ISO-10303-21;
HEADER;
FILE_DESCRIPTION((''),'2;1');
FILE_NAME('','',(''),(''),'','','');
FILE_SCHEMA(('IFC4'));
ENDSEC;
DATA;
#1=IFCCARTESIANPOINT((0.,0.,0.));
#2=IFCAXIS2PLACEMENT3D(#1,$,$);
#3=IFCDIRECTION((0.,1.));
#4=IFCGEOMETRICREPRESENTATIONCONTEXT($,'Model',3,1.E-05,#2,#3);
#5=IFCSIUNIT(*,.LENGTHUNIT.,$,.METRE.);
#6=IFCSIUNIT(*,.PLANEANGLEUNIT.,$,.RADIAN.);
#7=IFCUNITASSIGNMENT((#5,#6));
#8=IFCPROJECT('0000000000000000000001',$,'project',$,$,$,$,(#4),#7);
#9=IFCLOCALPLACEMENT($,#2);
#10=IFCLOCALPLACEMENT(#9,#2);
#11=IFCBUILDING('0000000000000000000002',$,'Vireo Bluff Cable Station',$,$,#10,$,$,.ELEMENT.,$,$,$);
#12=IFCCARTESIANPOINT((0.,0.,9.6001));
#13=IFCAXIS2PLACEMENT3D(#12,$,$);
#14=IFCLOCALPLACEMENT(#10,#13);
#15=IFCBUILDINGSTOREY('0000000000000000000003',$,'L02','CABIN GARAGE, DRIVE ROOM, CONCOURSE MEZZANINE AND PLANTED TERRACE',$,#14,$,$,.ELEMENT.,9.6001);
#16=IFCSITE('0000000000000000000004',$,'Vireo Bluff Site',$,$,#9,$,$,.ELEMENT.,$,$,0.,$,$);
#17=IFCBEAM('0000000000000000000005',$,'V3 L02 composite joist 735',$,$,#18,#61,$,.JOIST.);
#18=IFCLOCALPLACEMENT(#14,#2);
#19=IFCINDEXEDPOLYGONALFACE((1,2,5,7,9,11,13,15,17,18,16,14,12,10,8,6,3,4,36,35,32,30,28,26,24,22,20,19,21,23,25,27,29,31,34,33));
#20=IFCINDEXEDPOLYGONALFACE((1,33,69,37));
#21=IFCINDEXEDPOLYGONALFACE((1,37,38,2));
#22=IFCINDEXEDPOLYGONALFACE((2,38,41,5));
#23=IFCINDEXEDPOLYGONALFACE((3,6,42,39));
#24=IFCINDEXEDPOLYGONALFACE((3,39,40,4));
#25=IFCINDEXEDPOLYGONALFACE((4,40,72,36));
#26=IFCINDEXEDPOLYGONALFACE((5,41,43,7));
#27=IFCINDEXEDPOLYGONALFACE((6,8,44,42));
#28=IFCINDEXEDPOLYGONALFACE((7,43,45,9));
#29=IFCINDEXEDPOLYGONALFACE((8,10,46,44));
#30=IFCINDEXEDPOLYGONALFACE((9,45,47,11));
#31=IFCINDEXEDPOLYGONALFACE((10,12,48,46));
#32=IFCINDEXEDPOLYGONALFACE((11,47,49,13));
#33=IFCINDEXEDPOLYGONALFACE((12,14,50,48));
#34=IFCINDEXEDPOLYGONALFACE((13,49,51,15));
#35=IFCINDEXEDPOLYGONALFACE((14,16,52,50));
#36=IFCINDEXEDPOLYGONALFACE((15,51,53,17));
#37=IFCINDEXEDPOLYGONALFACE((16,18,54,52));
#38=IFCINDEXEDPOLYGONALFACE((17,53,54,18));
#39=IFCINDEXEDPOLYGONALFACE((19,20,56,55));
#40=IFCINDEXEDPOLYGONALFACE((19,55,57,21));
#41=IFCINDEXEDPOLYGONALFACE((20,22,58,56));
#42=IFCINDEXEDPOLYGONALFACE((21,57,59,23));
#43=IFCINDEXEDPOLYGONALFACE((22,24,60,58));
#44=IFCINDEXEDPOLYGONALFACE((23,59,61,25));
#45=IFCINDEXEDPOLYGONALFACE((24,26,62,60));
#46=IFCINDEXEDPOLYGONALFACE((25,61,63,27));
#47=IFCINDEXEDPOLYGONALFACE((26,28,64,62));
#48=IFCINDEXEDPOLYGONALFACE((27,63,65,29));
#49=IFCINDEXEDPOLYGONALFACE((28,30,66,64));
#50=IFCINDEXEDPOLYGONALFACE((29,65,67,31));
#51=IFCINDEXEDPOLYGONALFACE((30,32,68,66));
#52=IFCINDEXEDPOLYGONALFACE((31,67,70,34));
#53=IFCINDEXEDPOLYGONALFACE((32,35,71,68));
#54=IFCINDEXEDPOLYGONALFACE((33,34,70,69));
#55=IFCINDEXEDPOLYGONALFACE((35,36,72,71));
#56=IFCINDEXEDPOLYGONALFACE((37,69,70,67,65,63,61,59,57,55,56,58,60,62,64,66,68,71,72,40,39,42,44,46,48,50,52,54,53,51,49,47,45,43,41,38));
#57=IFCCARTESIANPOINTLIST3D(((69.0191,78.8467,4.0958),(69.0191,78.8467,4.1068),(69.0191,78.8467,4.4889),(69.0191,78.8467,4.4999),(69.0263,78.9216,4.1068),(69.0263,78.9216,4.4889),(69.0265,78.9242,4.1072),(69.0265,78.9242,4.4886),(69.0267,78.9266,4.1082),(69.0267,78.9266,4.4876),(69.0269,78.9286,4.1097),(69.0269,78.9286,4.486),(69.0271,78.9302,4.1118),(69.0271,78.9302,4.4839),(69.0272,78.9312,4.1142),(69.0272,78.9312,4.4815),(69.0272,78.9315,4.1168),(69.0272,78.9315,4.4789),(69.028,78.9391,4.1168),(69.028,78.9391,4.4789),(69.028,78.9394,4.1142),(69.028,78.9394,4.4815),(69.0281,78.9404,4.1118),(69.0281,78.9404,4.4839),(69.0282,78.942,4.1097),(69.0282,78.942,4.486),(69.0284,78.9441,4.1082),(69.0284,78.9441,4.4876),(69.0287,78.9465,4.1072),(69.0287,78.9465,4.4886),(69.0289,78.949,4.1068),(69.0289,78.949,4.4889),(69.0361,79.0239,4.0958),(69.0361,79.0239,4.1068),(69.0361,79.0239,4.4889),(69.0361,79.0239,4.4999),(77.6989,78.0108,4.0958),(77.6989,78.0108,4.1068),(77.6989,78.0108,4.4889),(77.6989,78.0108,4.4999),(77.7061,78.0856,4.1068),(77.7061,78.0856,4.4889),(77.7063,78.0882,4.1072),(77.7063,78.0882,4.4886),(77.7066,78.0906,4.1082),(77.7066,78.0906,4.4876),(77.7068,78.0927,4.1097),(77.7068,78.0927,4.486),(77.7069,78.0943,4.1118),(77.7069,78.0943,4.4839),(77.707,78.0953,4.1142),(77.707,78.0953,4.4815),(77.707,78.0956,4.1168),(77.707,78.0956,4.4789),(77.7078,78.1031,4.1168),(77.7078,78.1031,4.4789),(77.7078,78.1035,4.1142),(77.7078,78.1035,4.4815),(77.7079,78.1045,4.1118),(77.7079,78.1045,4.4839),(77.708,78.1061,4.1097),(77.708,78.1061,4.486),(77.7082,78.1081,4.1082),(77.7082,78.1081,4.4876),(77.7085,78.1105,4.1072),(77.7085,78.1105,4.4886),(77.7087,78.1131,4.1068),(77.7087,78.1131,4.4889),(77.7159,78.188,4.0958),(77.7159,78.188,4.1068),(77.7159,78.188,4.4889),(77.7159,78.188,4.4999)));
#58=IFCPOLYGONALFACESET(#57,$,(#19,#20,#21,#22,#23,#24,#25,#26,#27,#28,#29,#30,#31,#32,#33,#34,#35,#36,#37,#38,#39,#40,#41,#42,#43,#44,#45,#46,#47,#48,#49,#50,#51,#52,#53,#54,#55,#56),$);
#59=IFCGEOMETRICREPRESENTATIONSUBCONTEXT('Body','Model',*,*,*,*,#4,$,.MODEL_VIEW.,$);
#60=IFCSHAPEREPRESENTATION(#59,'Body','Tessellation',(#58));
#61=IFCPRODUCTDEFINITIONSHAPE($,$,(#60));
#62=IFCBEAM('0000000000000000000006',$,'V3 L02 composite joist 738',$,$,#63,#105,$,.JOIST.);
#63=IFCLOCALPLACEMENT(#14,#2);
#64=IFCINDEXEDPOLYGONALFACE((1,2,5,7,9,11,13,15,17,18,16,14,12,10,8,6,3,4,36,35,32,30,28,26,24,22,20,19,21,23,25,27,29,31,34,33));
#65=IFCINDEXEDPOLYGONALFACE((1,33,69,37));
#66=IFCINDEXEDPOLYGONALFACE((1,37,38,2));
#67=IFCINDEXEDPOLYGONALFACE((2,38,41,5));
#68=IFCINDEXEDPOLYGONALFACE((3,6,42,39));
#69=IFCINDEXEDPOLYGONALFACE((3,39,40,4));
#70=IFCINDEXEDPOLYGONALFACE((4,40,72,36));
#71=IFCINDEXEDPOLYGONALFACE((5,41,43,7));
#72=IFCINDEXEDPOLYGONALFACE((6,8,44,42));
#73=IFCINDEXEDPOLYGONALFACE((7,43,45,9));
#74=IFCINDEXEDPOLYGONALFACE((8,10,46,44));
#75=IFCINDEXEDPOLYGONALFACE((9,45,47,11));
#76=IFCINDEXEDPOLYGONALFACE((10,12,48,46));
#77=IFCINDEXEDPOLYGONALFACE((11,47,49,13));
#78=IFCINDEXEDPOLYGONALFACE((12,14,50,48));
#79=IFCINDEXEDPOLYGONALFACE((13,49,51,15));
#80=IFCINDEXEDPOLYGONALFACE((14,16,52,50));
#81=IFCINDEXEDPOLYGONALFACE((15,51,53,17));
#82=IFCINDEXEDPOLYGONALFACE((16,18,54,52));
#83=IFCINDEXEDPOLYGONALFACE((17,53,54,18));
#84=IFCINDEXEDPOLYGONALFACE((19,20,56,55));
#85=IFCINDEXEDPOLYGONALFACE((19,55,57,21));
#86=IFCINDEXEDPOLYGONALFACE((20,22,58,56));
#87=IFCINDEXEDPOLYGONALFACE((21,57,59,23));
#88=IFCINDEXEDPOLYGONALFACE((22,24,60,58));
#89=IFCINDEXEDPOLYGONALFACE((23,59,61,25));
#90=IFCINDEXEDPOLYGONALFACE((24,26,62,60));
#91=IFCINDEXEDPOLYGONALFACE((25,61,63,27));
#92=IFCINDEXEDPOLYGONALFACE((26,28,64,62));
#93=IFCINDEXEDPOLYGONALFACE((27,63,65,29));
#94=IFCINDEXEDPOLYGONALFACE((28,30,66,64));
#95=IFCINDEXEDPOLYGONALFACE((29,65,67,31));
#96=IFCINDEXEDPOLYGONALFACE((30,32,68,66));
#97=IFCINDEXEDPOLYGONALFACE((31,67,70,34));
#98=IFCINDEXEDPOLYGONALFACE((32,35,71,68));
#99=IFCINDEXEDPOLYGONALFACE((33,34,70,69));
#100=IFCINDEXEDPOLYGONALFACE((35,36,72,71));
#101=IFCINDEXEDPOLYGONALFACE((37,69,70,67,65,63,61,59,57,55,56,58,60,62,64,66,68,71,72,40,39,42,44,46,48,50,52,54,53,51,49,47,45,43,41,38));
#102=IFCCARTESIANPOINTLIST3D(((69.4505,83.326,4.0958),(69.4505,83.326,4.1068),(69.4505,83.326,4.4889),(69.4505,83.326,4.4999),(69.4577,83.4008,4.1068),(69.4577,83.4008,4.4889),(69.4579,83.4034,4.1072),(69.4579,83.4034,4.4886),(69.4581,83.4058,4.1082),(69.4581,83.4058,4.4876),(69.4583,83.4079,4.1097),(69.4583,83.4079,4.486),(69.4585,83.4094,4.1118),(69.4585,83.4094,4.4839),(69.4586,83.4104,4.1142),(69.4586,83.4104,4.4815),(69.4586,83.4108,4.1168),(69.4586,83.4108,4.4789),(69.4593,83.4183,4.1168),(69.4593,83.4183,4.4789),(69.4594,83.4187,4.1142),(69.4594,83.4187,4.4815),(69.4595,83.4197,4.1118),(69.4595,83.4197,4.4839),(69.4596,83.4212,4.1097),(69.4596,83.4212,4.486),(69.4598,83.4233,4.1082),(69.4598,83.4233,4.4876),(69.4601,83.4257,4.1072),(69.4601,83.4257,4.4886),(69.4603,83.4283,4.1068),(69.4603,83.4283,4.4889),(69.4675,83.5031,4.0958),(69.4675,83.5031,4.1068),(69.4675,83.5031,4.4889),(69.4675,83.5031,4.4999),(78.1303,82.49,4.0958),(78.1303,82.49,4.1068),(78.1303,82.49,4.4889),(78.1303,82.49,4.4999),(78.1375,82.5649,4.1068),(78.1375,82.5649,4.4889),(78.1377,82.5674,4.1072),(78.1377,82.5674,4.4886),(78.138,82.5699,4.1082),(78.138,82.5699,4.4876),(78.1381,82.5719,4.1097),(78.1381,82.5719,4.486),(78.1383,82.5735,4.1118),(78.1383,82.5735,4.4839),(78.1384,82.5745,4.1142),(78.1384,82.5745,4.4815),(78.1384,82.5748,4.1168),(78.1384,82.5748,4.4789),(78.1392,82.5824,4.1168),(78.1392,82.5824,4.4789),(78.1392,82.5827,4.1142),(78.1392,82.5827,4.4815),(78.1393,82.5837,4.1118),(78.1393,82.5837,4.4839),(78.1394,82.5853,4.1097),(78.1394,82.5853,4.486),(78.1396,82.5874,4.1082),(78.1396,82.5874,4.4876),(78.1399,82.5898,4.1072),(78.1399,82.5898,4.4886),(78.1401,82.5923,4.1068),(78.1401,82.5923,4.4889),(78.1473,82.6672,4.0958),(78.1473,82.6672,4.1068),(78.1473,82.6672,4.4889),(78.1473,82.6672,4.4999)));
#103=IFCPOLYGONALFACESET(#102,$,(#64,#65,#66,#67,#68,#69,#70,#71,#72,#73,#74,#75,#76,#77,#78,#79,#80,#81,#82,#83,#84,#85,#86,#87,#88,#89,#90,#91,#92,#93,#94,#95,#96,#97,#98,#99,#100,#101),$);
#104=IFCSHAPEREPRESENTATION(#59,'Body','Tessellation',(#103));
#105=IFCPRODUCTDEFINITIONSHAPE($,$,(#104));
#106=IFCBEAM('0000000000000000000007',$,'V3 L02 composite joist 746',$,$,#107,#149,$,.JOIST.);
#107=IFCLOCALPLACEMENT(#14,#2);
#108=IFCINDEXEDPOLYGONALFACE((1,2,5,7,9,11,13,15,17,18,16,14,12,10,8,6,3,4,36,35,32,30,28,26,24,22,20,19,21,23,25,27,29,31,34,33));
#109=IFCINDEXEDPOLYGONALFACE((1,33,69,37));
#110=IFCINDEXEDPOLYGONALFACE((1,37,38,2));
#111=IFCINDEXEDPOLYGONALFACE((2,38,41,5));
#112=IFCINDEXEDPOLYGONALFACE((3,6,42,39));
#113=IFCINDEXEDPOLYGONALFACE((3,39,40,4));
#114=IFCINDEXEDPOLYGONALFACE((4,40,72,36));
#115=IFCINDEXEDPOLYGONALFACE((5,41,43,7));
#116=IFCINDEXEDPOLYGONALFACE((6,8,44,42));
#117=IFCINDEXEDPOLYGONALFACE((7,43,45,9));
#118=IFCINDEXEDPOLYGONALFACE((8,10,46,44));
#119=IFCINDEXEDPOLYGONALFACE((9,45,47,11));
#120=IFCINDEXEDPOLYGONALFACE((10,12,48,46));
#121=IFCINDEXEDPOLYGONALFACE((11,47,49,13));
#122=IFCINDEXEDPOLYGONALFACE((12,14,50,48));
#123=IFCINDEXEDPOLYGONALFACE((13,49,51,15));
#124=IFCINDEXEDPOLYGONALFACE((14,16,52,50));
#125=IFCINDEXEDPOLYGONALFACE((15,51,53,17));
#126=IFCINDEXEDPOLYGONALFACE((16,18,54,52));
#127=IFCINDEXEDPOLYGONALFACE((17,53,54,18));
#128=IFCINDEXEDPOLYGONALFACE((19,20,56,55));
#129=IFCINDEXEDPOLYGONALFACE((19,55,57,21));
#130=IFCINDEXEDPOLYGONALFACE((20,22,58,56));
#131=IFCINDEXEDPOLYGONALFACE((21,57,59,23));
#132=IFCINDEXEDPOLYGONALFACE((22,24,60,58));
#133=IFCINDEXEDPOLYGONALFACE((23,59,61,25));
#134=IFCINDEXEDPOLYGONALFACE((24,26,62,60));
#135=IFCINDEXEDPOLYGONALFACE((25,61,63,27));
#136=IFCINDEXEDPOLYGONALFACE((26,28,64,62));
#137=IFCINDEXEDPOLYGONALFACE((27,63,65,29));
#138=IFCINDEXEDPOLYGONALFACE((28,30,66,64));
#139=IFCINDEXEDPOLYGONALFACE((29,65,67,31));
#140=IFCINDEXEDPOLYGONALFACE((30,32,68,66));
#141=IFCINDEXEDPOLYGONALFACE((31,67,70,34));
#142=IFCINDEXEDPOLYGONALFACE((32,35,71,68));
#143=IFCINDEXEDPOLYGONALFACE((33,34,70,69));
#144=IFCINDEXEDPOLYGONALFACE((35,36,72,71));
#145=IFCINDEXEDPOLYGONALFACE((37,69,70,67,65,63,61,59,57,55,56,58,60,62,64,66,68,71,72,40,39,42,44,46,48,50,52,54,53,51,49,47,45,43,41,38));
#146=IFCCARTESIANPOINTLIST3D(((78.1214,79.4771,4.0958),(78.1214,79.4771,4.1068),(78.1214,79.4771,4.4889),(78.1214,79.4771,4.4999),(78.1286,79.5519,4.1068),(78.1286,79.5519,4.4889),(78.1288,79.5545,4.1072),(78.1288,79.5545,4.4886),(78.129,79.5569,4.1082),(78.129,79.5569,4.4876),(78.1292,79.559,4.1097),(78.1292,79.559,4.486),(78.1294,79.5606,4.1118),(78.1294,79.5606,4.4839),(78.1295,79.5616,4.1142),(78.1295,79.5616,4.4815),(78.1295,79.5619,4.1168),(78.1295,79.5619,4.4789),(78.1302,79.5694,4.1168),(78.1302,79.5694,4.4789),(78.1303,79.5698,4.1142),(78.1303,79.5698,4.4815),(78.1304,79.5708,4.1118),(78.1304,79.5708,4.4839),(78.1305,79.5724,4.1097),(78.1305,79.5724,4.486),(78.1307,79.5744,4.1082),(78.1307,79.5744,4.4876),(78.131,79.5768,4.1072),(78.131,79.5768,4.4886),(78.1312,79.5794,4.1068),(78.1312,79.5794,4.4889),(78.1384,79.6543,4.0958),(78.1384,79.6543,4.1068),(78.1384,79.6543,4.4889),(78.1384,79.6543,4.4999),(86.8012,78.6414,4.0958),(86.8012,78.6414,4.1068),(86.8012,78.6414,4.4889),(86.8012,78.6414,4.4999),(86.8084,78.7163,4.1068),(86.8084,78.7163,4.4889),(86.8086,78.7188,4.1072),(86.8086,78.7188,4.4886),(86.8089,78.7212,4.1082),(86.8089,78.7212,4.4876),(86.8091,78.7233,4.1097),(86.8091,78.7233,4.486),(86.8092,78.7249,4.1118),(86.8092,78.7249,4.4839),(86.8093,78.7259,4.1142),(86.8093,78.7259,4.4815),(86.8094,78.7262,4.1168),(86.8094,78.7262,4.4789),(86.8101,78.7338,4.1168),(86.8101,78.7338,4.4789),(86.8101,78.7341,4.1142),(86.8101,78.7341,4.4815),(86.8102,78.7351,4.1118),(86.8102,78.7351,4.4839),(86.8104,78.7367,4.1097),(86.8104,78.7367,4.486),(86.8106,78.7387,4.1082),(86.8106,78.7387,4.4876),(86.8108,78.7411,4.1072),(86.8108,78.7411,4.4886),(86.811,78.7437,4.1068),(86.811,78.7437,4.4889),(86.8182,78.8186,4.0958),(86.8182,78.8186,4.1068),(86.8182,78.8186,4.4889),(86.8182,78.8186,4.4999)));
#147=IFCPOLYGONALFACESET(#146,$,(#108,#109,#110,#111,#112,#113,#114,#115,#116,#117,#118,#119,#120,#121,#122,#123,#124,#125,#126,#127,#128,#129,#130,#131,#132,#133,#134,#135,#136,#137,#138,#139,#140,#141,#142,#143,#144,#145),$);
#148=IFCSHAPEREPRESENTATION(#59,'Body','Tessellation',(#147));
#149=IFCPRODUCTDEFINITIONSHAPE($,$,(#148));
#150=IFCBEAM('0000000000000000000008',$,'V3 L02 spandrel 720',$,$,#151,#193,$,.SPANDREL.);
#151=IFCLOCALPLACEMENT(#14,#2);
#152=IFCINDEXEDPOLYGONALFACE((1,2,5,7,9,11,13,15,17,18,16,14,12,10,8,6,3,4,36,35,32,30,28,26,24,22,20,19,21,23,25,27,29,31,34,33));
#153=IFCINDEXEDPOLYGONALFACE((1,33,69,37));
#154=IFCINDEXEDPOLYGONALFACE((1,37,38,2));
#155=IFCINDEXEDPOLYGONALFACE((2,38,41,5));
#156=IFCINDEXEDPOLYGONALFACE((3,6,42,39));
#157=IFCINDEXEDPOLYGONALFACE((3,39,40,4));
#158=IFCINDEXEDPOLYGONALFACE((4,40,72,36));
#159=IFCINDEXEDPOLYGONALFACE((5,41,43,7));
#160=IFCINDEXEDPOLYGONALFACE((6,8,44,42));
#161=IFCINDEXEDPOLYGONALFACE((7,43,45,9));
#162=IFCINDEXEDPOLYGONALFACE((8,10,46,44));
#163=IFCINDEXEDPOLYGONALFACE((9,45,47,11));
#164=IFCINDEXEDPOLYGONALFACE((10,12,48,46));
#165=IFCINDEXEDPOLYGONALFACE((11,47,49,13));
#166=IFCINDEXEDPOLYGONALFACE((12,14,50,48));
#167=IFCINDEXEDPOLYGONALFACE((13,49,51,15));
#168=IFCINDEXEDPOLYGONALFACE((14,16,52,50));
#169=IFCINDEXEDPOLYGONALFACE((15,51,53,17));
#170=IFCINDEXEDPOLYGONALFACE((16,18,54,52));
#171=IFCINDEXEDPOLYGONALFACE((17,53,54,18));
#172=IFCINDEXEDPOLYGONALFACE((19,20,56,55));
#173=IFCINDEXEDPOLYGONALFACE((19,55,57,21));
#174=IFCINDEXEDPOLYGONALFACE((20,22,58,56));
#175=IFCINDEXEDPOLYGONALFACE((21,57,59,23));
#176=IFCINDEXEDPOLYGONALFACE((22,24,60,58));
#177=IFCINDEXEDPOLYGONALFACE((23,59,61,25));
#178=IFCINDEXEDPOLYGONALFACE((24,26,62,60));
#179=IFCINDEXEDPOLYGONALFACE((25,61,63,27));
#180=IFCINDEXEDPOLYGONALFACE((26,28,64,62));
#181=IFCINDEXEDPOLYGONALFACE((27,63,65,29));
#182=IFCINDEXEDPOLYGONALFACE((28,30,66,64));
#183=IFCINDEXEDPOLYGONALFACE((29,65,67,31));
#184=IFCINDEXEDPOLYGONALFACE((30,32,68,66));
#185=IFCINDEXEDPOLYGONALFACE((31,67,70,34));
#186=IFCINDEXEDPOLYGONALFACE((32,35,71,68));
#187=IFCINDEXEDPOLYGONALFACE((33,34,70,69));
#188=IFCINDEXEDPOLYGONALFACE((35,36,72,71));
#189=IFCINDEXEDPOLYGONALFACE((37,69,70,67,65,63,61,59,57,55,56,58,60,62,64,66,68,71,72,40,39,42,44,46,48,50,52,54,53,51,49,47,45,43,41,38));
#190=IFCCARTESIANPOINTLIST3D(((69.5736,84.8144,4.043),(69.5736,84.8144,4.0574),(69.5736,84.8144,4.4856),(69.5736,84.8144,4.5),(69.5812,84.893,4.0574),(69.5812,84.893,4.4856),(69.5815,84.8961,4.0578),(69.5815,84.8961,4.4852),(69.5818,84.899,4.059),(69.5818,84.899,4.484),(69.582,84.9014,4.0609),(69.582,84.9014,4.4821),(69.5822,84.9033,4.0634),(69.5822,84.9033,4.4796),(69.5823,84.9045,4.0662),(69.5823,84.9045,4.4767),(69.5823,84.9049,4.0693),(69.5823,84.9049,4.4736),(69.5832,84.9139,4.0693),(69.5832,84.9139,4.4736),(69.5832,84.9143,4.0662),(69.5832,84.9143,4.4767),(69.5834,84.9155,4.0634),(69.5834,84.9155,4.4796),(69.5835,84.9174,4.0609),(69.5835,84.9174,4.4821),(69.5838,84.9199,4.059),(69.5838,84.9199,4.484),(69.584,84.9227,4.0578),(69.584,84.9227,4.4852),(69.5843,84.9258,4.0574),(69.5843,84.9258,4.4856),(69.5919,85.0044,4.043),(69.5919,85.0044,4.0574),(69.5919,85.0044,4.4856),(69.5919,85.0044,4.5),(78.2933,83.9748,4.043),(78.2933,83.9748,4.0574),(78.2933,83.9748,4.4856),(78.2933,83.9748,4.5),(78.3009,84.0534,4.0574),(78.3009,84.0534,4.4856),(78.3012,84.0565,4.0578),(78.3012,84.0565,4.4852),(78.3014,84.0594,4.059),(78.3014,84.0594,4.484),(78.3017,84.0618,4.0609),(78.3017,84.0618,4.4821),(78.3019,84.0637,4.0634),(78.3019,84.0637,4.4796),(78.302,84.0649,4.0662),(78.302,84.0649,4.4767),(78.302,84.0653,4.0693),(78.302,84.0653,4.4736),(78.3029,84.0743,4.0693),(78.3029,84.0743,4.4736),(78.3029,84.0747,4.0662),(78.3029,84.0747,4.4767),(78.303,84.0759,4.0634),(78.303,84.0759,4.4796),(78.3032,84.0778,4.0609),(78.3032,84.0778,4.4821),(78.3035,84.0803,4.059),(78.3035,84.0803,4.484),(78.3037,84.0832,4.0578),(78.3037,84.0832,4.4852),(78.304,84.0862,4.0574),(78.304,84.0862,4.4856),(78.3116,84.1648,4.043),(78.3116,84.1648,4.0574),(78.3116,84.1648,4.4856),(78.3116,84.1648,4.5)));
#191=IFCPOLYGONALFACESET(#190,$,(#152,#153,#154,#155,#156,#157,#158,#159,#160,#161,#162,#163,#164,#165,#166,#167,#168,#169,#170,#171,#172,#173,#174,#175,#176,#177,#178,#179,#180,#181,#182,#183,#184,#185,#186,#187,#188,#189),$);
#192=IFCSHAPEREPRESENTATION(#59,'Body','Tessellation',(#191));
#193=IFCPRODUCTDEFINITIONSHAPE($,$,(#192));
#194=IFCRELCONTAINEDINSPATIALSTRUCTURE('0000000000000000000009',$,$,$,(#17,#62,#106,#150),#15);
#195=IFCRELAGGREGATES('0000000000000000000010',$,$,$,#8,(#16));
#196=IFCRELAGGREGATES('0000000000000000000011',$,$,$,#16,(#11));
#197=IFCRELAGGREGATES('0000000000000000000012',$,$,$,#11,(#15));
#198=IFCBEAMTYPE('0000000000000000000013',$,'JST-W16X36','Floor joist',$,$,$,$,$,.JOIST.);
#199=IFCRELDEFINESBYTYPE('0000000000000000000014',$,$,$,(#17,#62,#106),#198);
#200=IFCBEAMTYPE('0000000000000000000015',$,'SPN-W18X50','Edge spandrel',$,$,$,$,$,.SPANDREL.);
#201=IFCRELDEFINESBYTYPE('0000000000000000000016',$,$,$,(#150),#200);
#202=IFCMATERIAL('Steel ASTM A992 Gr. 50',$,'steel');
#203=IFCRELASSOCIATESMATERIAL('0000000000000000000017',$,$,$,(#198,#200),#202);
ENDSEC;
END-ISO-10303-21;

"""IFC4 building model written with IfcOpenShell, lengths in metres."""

from ifc_helpers import new_model, si_unit, direction, frame, origin, origin_2d, place, context, subcontext, project, spatial, i_section, extrude, material, material_profile, profile_set, type_object, element, save


model = new_model("IFC4")

# Units and contexts
model_context = context("Model", 3, precision=1e-05, world=origin(), true_north=direction((0.0, 1.0)))
body_context = subcontext(model_context, "Body", "Model", "MODEL_VIEW")
ifc_project = project(units=[si_unit("LENGTHUNIT", "METRE"), si_unit("PLANEANGLEUNIT", "RADIAN")], contexts=[model_context])

# Site, building, storey
site_placement = place(None, origin())
site = spatial("IfcSite", under=ifc_project, at=site_placement, Name="Vireo Bluff Site", CompositionType="ELEMENT", RefElevation=0.0)
building_placement = place(site_placement, origin())
building = spatial("IfcBuilding", under=site, at=building_placement, Name="Vireo Bluff Cable Station", CompositionType="ELEMENT")
storey_placement = place(building_placement, frame((0.0, 0.0, 9.6001)))
storey = spatial("IfcBuildingStorey", under=building, at=storey_placement, Name="L02", Description="CABIN GARAGE, DRIVE ROOM, CONCOURSE MEZZANINE AND PLANTED TERRACE", CompositionType="ELEMENT", Elevation=9.6001)

# Shared definitions
ifc_material_1 = material(Name="Steel ASTM A992 Gr. 50", Category="steel")

# Beams
ifc_material_profile_1 = material_profile(ifc_material_1, i_section(OverallWidth=0.178, OverallDepth=0.4041, WebThickness=0.0076, FlangeThickness=0.011, FilletRadius=0.01, at=origin_2d()), Name="W16X36")
ifc_profile_set_1 = profile_set([ifc_material_profile_1], Name="Steel ASTM A992 Gr. 50")
beam_type_1 = type_object("IfcBeamType", Name="JST-W16X36", Description="Floor joist", PredefinedType="JOIST", material=ifc_profile_set_1)
for number, where, z_axis, x_axis, name in (
    (1, (69.0276, 78.9353, 4.2979), (0.995395, -0.095863, 0.0), (0.095863, 0.995395, 0.0), "V3 L02 composite joist 735"),
    (2, (69.459, 83.4146, 4.2979), (0.995394, -0.095866, 0.0), (0.095866, 0.995394, 0.0), "V3 L02 composite joist 738"),
    (3, (78.1299, 79.5657, 4.2979), (0.995397, -0.095836, 0.0), (0.095836, 0.995397, 0.0), "V3 L02 composite joist 746"),
):
    element("IfcBeam", number, at=place(storey_placement, frame(where, z_axis=z_axis, x_axis=x_axis)), inside=storey, type_object=beam_type_1, Name=name, PredefinedType="JOIST", context=body_context, shape_type="SweptSolid", body=[
        extrude(i_section(OverallWidth=0.178, OverallDepth=0.4041, WebThickness=0.0076, FlangeThickness=0.011, FilletRadius=0.01, at=origin_2d()), origin(), (0.0, 0.0, 1.0), 8.72),
    ])
ifc_material_profile_2 = material_profile(ifc_material_1, i_section(OverallWidth=0.1909, OverallDepth=0.457, WebThickness=0.009, FlangeThickness=0.0144, FilletRadius=0.012, at=origin_2d()), Name="W18X50")
ifc_profile_set_2 = profile_set([ifc_material_profile_2], Name="Steel ASTM A992 Gr. 50")
beam_type_2 = type_object("IfcBeamType", Name="SPN-W18X50", Description="Edge spandrel", PredefinedType="SPANDREL", material=ifc_profile_set_2)
beam_1_placement = place(storey_placement, frame((69.5828, 84.9094, 4.2715), z_axis=(0.995396, -0.095844, 0.0), x_axis=(0.095844, 0.995396, 0.0)))
element("IfcBeam", 4, at=beam_1_placement, inside=storey, type_object=beam_type_2, Name="V3 L02 spandrel 720", PredefinedType="SPANDREL", context=body_context, shape_type="SweptSolid", body=[
    extrude(i_section(OverallWidth=0.1909, OverallDepth=0.457, WebThickness=0.009, FlangeThickness=0.0144, FilletRadius=0.012, at=origin_2d()), origin(), (0.0, 0.0, 1.0), 8.76),
])

save(model, "model.ifc")
